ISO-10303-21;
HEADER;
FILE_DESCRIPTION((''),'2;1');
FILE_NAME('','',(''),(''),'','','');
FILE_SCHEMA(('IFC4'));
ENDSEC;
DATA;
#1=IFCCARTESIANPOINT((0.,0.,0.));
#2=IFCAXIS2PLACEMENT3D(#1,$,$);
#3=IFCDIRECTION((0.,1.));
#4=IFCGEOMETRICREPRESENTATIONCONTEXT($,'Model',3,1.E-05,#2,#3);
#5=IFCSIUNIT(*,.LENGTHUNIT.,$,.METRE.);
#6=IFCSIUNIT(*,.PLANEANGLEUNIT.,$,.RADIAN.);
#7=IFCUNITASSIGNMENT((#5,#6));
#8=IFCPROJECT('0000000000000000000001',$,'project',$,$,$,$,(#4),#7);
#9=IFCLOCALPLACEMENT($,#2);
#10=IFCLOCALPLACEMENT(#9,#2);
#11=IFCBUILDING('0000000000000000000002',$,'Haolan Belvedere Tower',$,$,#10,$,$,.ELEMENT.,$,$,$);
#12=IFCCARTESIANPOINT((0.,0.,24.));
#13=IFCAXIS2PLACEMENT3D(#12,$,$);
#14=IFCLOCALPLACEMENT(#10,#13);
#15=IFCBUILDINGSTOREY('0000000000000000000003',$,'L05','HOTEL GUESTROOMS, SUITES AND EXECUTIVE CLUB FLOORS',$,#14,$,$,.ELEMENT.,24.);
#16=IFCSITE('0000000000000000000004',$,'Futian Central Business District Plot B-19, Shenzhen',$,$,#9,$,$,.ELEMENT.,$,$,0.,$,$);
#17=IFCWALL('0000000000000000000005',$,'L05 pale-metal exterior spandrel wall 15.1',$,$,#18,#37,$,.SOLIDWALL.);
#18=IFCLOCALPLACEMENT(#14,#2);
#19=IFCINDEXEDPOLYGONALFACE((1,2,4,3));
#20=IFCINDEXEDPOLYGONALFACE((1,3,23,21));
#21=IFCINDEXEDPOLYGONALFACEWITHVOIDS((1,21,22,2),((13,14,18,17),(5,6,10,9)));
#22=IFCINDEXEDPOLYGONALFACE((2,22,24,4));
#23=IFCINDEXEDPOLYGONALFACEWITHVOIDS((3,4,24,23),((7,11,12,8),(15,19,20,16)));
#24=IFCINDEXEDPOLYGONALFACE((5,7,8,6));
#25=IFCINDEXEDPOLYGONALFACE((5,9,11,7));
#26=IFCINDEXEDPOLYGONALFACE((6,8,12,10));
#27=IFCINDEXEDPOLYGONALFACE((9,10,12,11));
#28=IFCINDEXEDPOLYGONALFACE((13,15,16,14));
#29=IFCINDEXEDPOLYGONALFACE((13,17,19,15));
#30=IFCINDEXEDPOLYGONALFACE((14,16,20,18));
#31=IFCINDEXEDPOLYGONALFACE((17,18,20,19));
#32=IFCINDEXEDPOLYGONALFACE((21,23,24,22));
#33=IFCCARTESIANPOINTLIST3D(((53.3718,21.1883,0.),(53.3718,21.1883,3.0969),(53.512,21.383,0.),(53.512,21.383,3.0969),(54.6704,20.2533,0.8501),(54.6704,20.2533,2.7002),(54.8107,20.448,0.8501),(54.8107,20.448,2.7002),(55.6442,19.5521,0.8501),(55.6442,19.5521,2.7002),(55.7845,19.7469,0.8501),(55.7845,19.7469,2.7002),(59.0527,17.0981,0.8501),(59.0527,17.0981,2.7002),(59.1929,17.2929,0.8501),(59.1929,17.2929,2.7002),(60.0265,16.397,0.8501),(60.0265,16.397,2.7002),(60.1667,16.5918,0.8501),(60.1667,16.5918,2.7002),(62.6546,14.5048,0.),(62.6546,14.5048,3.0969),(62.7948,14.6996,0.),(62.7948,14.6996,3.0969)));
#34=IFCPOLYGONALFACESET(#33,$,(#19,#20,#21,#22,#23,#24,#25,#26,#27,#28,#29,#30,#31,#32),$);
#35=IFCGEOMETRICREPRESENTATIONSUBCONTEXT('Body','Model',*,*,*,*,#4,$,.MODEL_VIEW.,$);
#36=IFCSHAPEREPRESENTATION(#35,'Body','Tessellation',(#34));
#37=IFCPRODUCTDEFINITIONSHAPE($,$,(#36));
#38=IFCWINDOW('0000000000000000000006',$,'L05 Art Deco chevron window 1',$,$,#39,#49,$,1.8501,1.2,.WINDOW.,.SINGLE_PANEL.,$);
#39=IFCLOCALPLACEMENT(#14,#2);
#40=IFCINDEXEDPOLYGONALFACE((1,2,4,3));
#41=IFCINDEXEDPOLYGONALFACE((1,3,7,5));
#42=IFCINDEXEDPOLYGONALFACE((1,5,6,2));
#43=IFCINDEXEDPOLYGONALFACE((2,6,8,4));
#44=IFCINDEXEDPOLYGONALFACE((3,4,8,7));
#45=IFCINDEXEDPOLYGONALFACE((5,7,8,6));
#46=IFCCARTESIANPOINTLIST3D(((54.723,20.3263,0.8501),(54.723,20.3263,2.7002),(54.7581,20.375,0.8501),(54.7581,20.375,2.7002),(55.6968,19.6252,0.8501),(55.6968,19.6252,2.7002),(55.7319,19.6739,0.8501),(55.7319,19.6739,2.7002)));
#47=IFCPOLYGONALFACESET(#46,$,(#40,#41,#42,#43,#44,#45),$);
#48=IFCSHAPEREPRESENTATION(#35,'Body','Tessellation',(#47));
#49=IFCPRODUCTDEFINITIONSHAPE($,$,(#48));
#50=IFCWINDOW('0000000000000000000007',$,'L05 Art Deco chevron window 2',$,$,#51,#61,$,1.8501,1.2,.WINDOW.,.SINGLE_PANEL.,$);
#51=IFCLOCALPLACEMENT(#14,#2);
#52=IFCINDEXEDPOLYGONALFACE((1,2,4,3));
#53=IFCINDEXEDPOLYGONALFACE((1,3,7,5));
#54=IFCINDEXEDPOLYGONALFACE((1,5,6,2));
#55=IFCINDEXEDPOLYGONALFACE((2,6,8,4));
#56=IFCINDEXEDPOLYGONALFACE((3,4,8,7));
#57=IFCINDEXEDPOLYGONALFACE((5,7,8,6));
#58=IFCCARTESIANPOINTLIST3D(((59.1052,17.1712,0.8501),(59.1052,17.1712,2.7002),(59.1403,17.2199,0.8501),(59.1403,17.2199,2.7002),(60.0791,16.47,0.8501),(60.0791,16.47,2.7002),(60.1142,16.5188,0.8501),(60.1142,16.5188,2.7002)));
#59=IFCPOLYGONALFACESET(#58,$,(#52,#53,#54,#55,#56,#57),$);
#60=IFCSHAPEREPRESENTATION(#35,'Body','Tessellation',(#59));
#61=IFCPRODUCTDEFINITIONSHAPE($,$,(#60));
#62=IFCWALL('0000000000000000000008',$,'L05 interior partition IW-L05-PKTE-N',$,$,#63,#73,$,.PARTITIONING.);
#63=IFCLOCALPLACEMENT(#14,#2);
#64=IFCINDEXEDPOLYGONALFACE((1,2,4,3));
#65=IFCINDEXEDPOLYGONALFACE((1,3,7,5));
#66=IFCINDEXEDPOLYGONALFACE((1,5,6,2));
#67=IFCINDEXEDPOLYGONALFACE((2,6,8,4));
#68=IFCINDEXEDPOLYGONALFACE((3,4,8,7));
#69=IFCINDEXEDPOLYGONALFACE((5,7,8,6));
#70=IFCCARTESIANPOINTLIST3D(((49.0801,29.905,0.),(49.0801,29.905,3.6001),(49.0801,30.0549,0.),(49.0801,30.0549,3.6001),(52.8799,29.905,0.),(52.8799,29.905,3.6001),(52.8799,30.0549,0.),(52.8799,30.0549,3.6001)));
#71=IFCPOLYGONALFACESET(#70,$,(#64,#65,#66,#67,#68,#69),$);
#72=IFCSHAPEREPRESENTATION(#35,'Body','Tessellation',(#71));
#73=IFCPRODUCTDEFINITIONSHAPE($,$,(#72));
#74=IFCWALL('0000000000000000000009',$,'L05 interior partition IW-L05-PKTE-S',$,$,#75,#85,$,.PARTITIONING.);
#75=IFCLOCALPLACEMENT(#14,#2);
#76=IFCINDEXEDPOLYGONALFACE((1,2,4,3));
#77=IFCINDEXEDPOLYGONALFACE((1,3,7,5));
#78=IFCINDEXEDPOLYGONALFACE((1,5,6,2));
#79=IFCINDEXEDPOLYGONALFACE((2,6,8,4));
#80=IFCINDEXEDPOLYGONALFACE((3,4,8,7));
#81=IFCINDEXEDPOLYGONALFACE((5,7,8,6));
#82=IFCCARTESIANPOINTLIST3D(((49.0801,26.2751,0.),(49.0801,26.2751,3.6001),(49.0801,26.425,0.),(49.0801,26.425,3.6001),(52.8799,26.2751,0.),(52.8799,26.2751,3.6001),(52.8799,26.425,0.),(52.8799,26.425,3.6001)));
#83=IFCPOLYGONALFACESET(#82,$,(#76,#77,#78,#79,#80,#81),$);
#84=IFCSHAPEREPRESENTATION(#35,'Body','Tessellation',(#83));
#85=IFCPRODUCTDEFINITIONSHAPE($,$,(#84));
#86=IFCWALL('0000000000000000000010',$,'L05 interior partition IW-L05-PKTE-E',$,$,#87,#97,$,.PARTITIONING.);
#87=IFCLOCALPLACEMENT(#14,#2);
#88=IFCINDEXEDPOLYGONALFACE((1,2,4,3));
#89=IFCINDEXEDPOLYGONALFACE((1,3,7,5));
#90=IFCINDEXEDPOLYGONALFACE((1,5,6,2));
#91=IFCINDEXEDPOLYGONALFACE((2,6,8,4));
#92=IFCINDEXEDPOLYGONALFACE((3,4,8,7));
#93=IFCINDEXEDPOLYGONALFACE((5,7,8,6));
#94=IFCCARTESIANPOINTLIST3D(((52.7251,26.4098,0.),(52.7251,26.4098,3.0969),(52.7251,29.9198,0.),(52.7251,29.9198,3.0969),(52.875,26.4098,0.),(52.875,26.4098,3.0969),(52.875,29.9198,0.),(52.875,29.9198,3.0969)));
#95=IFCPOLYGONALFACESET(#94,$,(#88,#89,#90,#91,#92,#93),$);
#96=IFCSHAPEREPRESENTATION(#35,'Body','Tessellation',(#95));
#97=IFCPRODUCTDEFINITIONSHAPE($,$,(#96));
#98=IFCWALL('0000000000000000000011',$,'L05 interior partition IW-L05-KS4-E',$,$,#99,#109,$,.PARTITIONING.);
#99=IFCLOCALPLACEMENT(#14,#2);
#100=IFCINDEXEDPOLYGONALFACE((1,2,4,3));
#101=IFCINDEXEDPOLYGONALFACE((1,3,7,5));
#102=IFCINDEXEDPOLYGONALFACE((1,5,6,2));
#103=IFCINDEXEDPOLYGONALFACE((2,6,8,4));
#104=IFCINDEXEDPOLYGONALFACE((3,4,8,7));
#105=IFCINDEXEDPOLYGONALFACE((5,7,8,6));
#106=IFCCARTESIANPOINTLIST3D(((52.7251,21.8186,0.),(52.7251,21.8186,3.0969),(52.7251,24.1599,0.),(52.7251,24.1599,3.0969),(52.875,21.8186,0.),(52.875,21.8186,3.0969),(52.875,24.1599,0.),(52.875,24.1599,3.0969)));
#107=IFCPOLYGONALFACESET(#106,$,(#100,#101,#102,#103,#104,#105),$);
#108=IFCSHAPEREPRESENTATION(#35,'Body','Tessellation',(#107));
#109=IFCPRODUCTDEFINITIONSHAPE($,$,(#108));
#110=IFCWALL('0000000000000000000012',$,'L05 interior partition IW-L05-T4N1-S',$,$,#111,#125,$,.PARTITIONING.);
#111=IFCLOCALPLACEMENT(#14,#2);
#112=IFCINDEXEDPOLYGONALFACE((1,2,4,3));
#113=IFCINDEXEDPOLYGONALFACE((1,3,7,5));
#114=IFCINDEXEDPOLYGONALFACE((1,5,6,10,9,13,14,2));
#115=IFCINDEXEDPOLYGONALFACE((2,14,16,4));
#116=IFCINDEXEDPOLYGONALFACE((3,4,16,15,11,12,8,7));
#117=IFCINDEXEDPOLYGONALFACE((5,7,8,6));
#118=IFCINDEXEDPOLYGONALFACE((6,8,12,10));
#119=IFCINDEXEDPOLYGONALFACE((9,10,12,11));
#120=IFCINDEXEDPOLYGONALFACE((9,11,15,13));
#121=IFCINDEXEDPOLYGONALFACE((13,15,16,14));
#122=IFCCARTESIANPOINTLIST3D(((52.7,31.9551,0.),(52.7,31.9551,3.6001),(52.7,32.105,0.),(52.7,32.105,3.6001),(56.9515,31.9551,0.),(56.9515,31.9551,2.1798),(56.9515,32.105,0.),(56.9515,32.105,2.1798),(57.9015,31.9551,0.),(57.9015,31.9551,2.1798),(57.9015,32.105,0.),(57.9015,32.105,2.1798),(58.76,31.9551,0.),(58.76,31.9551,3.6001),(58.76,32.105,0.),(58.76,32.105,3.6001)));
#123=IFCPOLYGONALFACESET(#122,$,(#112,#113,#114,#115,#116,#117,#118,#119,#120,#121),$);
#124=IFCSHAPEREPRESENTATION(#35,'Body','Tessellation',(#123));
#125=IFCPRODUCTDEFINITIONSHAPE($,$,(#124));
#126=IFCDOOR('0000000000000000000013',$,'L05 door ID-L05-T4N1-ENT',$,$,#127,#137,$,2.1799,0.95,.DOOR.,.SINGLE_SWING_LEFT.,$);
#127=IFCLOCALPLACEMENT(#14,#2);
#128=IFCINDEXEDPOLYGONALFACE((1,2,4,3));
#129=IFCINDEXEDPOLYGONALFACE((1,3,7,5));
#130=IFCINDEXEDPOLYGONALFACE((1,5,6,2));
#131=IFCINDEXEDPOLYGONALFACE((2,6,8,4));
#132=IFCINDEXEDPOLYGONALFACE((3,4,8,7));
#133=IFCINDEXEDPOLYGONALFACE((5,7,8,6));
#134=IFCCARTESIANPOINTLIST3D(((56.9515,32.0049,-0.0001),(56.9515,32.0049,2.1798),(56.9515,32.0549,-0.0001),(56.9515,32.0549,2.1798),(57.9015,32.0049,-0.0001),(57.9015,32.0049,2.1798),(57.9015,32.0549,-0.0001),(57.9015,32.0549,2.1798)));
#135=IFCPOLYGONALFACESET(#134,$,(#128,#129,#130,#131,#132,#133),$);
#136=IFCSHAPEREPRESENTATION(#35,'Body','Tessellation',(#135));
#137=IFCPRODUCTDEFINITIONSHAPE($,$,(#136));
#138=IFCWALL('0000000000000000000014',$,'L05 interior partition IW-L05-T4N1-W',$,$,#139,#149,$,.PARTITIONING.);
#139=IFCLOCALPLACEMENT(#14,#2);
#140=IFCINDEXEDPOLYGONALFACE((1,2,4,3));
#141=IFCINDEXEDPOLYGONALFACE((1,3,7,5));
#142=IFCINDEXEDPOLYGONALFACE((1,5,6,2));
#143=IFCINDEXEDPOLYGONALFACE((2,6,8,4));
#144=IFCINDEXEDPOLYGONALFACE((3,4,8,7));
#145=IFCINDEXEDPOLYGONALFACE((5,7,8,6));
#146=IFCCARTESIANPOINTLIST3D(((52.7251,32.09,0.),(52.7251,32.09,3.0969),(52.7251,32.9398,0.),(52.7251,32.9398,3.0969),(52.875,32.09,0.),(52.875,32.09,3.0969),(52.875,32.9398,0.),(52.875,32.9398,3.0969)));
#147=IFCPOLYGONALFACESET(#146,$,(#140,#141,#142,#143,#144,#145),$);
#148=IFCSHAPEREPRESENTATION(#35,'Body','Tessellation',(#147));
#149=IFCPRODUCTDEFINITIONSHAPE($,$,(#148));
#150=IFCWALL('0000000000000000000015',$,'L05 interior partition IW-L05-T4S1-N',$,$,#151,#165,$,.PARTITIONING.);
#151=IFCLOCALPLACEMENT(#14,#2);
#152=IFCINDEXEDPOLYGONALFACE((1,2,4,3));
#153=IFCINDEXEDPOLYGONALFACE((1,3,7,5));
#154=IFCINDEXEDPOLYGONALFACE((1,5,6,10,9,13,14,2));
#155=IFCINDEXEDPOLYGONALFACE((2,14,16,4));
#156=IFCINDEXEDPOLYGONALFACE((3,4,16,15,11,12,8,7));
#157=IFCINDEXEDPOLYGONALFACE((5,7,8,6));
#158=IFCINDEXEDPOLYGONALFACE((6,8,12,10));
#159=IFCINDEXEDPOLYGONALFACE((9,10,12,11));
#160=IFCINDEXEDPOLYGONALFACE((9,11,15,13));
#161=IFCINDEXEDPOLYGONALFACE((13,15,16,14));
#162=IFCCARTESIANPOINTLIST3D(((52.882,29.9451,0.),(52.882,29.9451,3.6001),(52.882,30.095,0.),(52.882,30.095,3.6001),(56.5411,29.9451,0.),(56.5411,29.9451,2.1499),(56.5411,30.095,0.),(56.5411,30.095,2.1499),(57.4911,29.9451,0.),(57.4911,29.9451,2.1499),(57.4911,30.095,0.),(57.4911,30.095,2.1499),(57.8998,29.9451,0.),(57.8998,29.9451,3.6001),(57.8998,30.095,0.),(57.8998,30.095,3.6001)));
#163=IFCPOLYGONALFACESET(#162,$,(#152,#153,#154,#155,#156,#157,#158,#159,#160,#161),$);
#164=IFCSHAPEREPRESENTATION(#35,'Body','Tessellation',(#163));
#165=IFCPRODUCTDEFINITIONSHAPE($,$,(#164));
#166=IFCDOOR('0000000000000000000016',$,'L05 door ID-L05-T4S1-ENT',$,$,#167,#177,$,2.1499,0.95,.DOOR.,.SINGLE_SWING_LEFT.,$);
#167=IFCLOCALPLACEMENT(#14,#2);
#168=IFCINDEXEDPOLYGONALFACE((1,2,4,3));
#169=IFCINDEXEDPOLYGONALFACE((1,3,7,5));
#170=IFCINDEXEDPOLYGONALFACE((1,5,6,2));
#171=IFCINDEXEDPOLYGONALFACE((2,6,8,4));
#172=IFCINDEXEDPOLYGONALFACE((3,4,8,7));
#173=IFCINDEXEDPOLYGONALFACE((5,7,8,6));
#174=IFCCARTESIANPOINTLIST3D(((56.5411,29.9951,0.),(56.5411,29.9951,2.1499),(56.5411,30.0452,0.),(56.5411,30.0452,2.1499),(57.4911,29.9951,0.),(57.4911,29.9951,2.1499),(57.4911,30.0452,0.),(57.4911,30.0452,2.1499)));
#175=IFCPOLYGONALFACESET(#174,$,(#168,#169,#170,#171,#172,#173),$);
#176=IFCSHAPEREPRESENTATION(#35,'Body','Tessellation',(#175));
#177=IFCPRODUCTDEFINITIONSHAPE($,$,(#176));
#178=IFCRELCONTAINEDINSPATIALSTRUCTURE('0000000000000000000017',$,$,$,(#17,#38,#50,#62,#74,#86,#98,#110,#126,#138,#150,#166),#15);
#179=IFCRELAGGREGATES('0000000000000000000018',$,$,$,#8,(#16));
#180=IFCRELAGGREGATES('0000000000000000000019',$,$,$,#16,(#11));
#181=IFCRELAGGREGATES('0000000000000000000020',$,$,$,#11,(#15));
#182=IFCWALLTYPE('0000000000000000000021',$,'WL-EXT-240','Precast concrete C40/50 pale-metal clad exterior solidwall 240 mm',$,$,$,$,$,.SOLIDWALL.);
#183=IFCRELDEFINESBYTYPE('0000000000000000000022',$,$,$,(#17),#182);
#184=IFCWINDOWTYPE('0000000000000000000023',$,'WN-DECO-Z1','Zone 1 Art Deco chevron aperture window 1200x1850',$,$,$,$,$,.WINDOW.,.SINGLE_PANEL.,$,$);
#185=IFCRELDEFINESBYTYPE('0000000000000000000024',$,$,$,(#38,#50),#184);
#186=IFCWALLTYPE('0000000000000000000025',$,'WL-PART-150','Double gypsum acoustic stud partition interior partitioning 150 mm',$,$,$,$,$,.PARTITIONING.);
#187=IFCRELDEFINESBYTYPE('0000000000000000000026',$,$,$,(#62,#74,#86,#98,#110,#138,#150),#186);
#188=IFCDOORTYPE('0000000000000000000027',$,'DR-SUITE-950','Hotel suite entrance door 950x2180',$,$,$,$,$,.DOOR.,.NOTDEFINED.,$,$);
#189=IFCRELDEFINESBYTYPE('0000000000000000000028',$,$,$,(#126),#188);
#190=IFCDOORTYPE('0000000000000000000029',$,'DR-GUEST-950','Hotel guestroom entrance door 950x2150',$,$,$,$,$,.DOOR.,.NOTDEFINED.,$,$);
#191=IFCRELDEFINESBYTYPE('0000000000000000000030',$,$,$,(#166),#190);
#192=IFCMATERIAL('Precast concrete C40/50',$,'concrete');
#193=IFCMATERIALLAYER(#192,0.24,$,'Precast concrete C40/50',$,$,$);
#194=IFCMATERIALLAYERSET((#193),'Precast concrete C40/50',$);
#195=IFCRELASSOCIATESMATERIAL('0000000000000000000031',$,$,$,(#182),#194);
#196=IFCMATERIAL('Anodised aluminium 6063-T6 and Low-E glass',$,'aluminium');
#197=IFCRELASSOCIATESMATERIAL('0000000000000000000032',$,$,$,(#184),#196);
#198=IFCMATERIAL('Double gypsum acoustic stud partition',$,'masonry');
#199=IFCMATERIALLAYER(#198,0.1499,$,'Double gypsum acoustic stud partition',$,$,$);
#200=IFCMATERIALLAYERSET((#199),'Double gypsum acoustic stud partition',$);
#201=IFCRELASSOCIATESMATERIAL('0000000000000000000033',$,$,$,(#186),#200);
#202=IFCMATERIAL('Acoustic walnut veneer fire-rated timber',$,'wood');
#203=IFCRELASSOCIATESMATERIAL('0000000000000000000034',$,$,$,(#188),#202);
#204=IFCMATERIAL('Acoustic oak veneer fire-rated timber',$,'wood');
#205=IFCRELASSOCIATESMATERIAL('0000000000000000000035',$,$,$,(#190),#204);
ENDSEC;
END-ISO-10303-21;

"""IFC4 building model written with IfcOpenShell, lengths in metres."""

from ifc_helpers import new_model, si_unit, direction, frame, frame_2d, origin, place, context, subcontext, project, spatial, rectangle, extrude, material, layer, layer_set, type_object, element, fill, save


model = new_model("IFC4")

# Units and contexts
model_context = context("Model", 3, precision=1e-05, world=origin(), true_north=direction((0.0, 1.0)))
body_context = subcontext(model_context, "Body", "Model", "MODEL_VIEW")
ifc_project = project(units=[si_unit("LENGTHUNIT", "METRE"), si_unit("PLANEANGLEUNIT", "RADIAN")], contexts=[model_context])

# Site, building, storey
site_placement = place(None, origin())
site = spatial("IfcSite", under=ifc_project, at=site_placement, Name="Futian Central Business District Plot B-19, Shenzhen", CompositionType="ELEMENT", RefElevation=0.0)
building_placement = place(site_placement, origin())
building = spatial("IfcBuilding", under=site, at=building_placement, Name="Haolan Belvedere Tower", CompositionType="ELEMENT")
storey_placement = place(building_placement, frame((0.0, 0.0, 24.0)))
storey = spatial("IfcBuildingStorey", under=building, at=storey_placement, Name="L05", Description="HOTEL GUESTROOMS, SUITES AND EXECUTIVE CLUB FLOORS", CompositionType="ELEMENT", Elevation=24.0)

# Wall, openings, windows
ifc_material_1 = material(Name="Precast concrete C40/50", Category="concrete")
ifc_layer_1 = layer(ifc_material_1, 0.24, Name="Precast concrete C40/50")
ifc_layer_set_1 = layer_set([ifc_layer_1], Name="Precast concrete C40/50")
wall_type_1 = type_object("IfcWallType", Name="WL-EXT-240", Description="Precast concrete C40/50 pale-metal clad exterior solidwall 240 mm", PredefinedType="SOLIDWALL", material=ifc_layer_set_1)
wall_1_placement = place(storey_placement, frame((53.4419, 21.2856, 0.0), z_axis=(0.0, 0.0, 1.0), x_axis=(0.811543, -0.584293, 0.0)))
wall_1 = element("IfcWall", 1, at=wall_1_placement, inside=storey, type_object=wall_type_1, Name="L05 pale-metal exterior spandrel wall 15.1", PredefinedType="SOLIDWALL", context=body_context, shape_type="SweptSolid", body=[
    extrude(rectangle(XDim=11.4385, YDim=0.24, at=frame_2d((5.7192, 0.0))), origin(), (0.0, 0.0, 1.0), 3.0969),
])
opening_1_placement = place(wall_1_placement, frame((1.6001, 0.0, 0.8501)))
opening_1 = element("IfcOpeningElement", 2, at=opening_1_placement, cuts=wall_1, PredefinedType="OPENING", context=body_context, shape_type="SweptSolid", body=[
    extrude(rectangle(XDim=1.2, YDim=1.8501, at=frame_2d((0.6001, 0.925))), frame((0.0, 0.1299, 0.0), z_axis=(0.0, -1.0, 0.0), x_axis=(1.0, 0.0, 0.0)), (0.0, 0.0, 1.0), 0.26),
])
opening_2_placement = place(wall_1_placement, frame((7.0, 0.0, 0.8501)))
opening_2 = element("IfcOpeningElement", 3, at=opening_2_placement, cuts=wall_1, PredefinedType="OPENING", context=body_context, shape_type="SweptSolid", body=[
    extrude(rectangle(XDim=1.2, YDim=1.8501, at=frame_2d((0.6001, 0.925))), frame((0.0, 0.1299, 0.0), z_axis=(0.0, -1.0, 0.0), x_axis=(1.0, 0.0, 0.0)), (0.0, 0.0, 1.0), 0.26),
])
ifc_material_2 = material(Name="Anodised aluminium 6063-T6 and Low-E glass", Category="aluminium")
window_type = type_object("IfcWindowType", Name="WN-DECO-Z1", Description="Zone 1 Art Deco chevron aperture window 1200x1850", PartitioningType="SINGLE_PANEL", PredefinedType="WINDOW", material=ifc_material_2)
window_1_placement = place(opening_1_placement, origin())
window_1 = element("IfcWindow", 4, at=window_1_placement, inside=storey, type_object=window_type, Name="L05 Art Deco chevron window 1", OverallHeight=1.8501, OverallWidth=1.2, PartitioningType="SINGLE_PANEL", PredefinedType="WINDOW", context=body_context, shape_type="SweptSolid", body=[
    extrude(rectangle(XDim=1.2, YDim=1.8501, at=frame_2d((0.6001, 0.925))), frame((0.0, 0.03, 0.0), z_axis=(0.0, -1.0, 0.0), x_axis=(1.0, 0.0, 0.0)), (0.0, 0.0, 1.0), 0.0601),
])
fill(opening_1, window_1)
window_2_placement = place(opening_2_placement, origin())
window_2 = element("IfcWindow", 5, at=window_2_placement, inside=storey, type_object=window_type, Name="L05 Art Deco chevron window 2", OverallHeight=1.8501, OverallWidth=1.2, PartitioningType="SINGLE_PANEL", PredefinedType="WINDOW", context=body_context, shape_type="SweptSolid", body=[
    extrude(rectangle(XDim=1.2, YDim=1.8501, at=frame_2d((0.6001, 0.925))), frame((0.0, 0.03, 0.0), z_axis=(0.0, -1.0, 0.0), x_axis=(1.0, 0.0, 0.0)), (0.0, 0.0, 1.0), 0.0601),
])
fill(opening_2, window_2)

# Walls
ifc_material_3 = material(Name="Double gypsum acoustic stud partition", Category="masonry")
ifc_layer_2 = layer(ifc_material_3, 0.1499, Name="Double gypsum acoustic stud partition")
ifc_layer_set_2 = layer_set([ifc_layer_2], Name="Double gypsum acoustic stud partition")
wall_type_2 = type_object("IfcWallType", Name="WL-PART-150", Description="Double gypsum acoustic stud partition interior partitioning 150 mm", PredefinedType="PARTITIONING", material=ifc_layer_set_2)
for number, where, z_axis, x_axis, name in (
    (6, (49.0801, 29.98, 0.0), (0.0, 0.0, 1.0), (1.0, 0.0, 0.0), "L05 interior partition IW-L05-PKTE-N"),
    (7, (49.0801, 26.3501, 0.0), (0.0, 0.0, 1.0), (1.0, 0.0, 0.0), "L05 interior partition IW-L05-PKTE-S"),
):
    element("IfcWall", number, at=place(storey_placement, frame(where, z_axis=z_axis, x_axis=x_axis)), inside=storey, type_object=wall_type_2, Name=name, PredefinedType="PARTITIONING", context=body_context, shape_type="SweptSolid", body=[
        extrude(rectangle(XDim=3.7998, YDim=0.1499, at=frame_2d((1.8999, 0.0))), origin(), (0.0, 0.0, 1.0), 3.6001),
    ])

# Walls
wall_2_placement = place(storey_placement, frame((52.8, 26.4099, 0.0), z_axis=(0.0, 0.0, 1.0), x_axis=(0.0, 1.0, 0.0)))
element("IfcWall", 8, at=wall_2_placement, inside=storey, type_object=wall_type_2, Name="L05 interior partition IW-L05-PKTE-E", PredefinedType="PARTITIONING", context=body_context, shape_type="SweptSolid", body=[
    extrude(rectangle(XDim=3.51, YDim=0.1499, at=frame_2d((1.7549, 0.0))), origin(), (0.0, 0.0, 1.0), 3.0969),
])
wall_3_placement = place(storey_placement, frame((52.8, 21.8186, 0.0), z_axis=(0.0, 0.0, 1.0), x_axis=(0.0, 1.0, 0.0)))
element("IfcWall", 9, at=wall_3_placement, inside=storey, type_object=wall_type_2, Name="L05 interior partition IW-L05-KS4-E", PredefinedType="PARTITIONING", context=body_context, shape_type="SweptSolid", body=[
    extrude(rectangle(XDim=2.3413, YDim=0.1499, at=frame_2d((1.1707, 0.0))), origin(), (0.0, 0.0, 1.0), 3.0969),
])

# Wall, opening, door
wall_4_placement = place(storey_placement, frame((52.7, 32.03, 0.0), z_axis=(0.0, 0.0, 1.0), x_axis=(1.0, 0.0, 0.0)))
wall_4 = element("IfcWall", 10, at=wall_4_placement, inside=storey, type_object=wall_type_2, Name="L05 interior partition IW-L05-T4N1-S", PredefinedType="PARTITIONING", context=body_context, shape_type="SweptSolid", body=[
    extrude(rectangle(XDim=6.0601, YDim=0.1499, at=frame_2d((3.03, 0.0))), origin(), (0.0, 0.0, 1.0), 3.6001),
])
opening_3_placement = place(wall_4_placement, frame((4.2515, 0.0, 0.0)))
opening_3 = element("IfcOpeningElement", 11, at=opening_3_placement, cuts=wall_4, PredefinedType="OPENING", context=body_context, shape_type="SweptSolid", body=[
    extrude(rectangle(XDim=0.95, YDim=2.1799, at=frame_2d((0.4751, 1.0898))), frame((0.0, 0.085, 0.0), z_axis=(0.0, -1.0, 0.0), x_axis=(1.0, 0.0, 0.0)), (0.0, 0.0, 1.0), 0.1699),
])
ifc_material_4 = material(Name="Acoustic walnut veneer fire-rated timber", Category="wood")
door_type_1 = type_object("IfcDoorType", Name="DR-SUITE-950", Description="Hotel suite entrance door 950x2180", OperationType="NOTDEFINED", PredefinedType="DOOR", material=ifc_material_4)
door_1_placement = place(opening_3_placement, origin())
door_1 = element("IfcDoor", 12, at=door_1_placement, inside=storey, type_object=door_type_1, Name="L05 door ID-L05-T4N1-ENT", OperationType="SINGLE_SWING_LEFT", OverallHeight=2.1799, OverallWidth=0.95, PredefinedType="DOOR", context=body_context, shape_type="SweptSolid", body=[
    extrude(rectangle(XDim=0.95, YDim=2.1799, at=frame_2d((0.4751, 1.0898))), frame((0.0, 0.0249, 0.0), z_axis=(0.0, -1.0, 0.0), x_axis=(1.0, 0.0, 0.0)), (0.0, 0.0, 1.0), 0.05),
])
fill(opening_3, door_1)

# Wall
wall_5_placement = place(storey_placement, frame((52.8, 32.0901, 0.0), z_axis=(0.0, 0.0, 1.0), x_axis=(0.0, 1.0, 0.0)))
element("IfcWall", 13, at=wall_5_placement, inside=storey, type_object=wall_type_2, Name="L05 interior partition IW-L05-T4N1-W", PredefinedType="PARTITIONING", context=body_context, shape_type="SweptSolid", body=[
    extrude(rectangle(XDim=0.8499, YDim=0.1499, at=frame_2d((0.4248, 0.0))), origin(), (0.0, 0.0, 1.0), 3.0969),
])

# Wall, opening, door
wall_6_placement = place(storey_placement, frame((52.8821, 30.02, 0.0), z_axis=(0.0, 0.0, 1.0), x_axis=(1.0, 0.0, 0.0)))
wall_6 = element("IfcWall", 14, at=wall_6_placement, inside=storey, type_object=wall_type_2, Name="L05 interior partition IW-L05-T4S1-N", PredefinedType="PARTITIONING", context=body_context, shape_type="SweptSolid", body=[
    extrude(rectangle(XDim=5.0178, YDim=0.1499, at=frame_2d((2.5088, 0.0))), origin(), (0.0, 0.0, 1.0), 3.6001),
])
opening_4_placement = place(wall_6_placement, frame((4.6091, 0.0, 0.0), z_axis=(0.0, 0.0, 1.0), x_axis=(-1.0, 0.0, 0.0)))
opening_4 = element("IfcOpeningElement", 15, at=opening_4_placement, cuts=wall_6, PredefinedType="OPENING", context=body_context, shape_type="SweptSolid", body=[
    extrude(rectangle(XDim=0.95, YDim=2.1499, at=frame_2d((0.4751, 1.075))), frame((0.0, 0.085, 0.0), z_axis=(0.0, -1.0, 0.0), x_axis=(1.0, 0.0, 0.0)), (0.0, 0.0, 1.0), 0.1699),
])
ifc_material_5 = material(Name="Acoustic oak veneer fire-rated timber", Category="wood")
door_type_2 = type_object("IfcDoorType", Name="DR-GUEST-950", Description="Hotel guestroom entrance door 950x2150", OperationType="NOTDEFINED", PredefinedType="DOOR", material=ifc_material_5)
door_2_placement = place(opening_4_placement, origin())
door_2 = element("IfcDoor", 16, at=door_2_placement, inside=storey, type_object=door_type_2, Name="L05 door ID-L05-T4S1-ENT", OperationType="SINGLE_SWING_LEFT", OverallHeight=2.1499, OverallWidth=0.95, PredefinedType="DOOR", context=body_context, shape_type="SweptSolid", body=[
    extrude(rectangle(XDim=0.95, YDim=2.1499, at=frame_2d((0.4751, 1.075))), frame((0.0, 0.0249, 0.0), z_axis=(0.0, -1.0, 0.0), x_axis=(1.0, 0.0, 0.0)), (0.0, 0.0, 1.0), 0.05),
])
fill(opening_4, door_2)

save(model, "model.ifc")
